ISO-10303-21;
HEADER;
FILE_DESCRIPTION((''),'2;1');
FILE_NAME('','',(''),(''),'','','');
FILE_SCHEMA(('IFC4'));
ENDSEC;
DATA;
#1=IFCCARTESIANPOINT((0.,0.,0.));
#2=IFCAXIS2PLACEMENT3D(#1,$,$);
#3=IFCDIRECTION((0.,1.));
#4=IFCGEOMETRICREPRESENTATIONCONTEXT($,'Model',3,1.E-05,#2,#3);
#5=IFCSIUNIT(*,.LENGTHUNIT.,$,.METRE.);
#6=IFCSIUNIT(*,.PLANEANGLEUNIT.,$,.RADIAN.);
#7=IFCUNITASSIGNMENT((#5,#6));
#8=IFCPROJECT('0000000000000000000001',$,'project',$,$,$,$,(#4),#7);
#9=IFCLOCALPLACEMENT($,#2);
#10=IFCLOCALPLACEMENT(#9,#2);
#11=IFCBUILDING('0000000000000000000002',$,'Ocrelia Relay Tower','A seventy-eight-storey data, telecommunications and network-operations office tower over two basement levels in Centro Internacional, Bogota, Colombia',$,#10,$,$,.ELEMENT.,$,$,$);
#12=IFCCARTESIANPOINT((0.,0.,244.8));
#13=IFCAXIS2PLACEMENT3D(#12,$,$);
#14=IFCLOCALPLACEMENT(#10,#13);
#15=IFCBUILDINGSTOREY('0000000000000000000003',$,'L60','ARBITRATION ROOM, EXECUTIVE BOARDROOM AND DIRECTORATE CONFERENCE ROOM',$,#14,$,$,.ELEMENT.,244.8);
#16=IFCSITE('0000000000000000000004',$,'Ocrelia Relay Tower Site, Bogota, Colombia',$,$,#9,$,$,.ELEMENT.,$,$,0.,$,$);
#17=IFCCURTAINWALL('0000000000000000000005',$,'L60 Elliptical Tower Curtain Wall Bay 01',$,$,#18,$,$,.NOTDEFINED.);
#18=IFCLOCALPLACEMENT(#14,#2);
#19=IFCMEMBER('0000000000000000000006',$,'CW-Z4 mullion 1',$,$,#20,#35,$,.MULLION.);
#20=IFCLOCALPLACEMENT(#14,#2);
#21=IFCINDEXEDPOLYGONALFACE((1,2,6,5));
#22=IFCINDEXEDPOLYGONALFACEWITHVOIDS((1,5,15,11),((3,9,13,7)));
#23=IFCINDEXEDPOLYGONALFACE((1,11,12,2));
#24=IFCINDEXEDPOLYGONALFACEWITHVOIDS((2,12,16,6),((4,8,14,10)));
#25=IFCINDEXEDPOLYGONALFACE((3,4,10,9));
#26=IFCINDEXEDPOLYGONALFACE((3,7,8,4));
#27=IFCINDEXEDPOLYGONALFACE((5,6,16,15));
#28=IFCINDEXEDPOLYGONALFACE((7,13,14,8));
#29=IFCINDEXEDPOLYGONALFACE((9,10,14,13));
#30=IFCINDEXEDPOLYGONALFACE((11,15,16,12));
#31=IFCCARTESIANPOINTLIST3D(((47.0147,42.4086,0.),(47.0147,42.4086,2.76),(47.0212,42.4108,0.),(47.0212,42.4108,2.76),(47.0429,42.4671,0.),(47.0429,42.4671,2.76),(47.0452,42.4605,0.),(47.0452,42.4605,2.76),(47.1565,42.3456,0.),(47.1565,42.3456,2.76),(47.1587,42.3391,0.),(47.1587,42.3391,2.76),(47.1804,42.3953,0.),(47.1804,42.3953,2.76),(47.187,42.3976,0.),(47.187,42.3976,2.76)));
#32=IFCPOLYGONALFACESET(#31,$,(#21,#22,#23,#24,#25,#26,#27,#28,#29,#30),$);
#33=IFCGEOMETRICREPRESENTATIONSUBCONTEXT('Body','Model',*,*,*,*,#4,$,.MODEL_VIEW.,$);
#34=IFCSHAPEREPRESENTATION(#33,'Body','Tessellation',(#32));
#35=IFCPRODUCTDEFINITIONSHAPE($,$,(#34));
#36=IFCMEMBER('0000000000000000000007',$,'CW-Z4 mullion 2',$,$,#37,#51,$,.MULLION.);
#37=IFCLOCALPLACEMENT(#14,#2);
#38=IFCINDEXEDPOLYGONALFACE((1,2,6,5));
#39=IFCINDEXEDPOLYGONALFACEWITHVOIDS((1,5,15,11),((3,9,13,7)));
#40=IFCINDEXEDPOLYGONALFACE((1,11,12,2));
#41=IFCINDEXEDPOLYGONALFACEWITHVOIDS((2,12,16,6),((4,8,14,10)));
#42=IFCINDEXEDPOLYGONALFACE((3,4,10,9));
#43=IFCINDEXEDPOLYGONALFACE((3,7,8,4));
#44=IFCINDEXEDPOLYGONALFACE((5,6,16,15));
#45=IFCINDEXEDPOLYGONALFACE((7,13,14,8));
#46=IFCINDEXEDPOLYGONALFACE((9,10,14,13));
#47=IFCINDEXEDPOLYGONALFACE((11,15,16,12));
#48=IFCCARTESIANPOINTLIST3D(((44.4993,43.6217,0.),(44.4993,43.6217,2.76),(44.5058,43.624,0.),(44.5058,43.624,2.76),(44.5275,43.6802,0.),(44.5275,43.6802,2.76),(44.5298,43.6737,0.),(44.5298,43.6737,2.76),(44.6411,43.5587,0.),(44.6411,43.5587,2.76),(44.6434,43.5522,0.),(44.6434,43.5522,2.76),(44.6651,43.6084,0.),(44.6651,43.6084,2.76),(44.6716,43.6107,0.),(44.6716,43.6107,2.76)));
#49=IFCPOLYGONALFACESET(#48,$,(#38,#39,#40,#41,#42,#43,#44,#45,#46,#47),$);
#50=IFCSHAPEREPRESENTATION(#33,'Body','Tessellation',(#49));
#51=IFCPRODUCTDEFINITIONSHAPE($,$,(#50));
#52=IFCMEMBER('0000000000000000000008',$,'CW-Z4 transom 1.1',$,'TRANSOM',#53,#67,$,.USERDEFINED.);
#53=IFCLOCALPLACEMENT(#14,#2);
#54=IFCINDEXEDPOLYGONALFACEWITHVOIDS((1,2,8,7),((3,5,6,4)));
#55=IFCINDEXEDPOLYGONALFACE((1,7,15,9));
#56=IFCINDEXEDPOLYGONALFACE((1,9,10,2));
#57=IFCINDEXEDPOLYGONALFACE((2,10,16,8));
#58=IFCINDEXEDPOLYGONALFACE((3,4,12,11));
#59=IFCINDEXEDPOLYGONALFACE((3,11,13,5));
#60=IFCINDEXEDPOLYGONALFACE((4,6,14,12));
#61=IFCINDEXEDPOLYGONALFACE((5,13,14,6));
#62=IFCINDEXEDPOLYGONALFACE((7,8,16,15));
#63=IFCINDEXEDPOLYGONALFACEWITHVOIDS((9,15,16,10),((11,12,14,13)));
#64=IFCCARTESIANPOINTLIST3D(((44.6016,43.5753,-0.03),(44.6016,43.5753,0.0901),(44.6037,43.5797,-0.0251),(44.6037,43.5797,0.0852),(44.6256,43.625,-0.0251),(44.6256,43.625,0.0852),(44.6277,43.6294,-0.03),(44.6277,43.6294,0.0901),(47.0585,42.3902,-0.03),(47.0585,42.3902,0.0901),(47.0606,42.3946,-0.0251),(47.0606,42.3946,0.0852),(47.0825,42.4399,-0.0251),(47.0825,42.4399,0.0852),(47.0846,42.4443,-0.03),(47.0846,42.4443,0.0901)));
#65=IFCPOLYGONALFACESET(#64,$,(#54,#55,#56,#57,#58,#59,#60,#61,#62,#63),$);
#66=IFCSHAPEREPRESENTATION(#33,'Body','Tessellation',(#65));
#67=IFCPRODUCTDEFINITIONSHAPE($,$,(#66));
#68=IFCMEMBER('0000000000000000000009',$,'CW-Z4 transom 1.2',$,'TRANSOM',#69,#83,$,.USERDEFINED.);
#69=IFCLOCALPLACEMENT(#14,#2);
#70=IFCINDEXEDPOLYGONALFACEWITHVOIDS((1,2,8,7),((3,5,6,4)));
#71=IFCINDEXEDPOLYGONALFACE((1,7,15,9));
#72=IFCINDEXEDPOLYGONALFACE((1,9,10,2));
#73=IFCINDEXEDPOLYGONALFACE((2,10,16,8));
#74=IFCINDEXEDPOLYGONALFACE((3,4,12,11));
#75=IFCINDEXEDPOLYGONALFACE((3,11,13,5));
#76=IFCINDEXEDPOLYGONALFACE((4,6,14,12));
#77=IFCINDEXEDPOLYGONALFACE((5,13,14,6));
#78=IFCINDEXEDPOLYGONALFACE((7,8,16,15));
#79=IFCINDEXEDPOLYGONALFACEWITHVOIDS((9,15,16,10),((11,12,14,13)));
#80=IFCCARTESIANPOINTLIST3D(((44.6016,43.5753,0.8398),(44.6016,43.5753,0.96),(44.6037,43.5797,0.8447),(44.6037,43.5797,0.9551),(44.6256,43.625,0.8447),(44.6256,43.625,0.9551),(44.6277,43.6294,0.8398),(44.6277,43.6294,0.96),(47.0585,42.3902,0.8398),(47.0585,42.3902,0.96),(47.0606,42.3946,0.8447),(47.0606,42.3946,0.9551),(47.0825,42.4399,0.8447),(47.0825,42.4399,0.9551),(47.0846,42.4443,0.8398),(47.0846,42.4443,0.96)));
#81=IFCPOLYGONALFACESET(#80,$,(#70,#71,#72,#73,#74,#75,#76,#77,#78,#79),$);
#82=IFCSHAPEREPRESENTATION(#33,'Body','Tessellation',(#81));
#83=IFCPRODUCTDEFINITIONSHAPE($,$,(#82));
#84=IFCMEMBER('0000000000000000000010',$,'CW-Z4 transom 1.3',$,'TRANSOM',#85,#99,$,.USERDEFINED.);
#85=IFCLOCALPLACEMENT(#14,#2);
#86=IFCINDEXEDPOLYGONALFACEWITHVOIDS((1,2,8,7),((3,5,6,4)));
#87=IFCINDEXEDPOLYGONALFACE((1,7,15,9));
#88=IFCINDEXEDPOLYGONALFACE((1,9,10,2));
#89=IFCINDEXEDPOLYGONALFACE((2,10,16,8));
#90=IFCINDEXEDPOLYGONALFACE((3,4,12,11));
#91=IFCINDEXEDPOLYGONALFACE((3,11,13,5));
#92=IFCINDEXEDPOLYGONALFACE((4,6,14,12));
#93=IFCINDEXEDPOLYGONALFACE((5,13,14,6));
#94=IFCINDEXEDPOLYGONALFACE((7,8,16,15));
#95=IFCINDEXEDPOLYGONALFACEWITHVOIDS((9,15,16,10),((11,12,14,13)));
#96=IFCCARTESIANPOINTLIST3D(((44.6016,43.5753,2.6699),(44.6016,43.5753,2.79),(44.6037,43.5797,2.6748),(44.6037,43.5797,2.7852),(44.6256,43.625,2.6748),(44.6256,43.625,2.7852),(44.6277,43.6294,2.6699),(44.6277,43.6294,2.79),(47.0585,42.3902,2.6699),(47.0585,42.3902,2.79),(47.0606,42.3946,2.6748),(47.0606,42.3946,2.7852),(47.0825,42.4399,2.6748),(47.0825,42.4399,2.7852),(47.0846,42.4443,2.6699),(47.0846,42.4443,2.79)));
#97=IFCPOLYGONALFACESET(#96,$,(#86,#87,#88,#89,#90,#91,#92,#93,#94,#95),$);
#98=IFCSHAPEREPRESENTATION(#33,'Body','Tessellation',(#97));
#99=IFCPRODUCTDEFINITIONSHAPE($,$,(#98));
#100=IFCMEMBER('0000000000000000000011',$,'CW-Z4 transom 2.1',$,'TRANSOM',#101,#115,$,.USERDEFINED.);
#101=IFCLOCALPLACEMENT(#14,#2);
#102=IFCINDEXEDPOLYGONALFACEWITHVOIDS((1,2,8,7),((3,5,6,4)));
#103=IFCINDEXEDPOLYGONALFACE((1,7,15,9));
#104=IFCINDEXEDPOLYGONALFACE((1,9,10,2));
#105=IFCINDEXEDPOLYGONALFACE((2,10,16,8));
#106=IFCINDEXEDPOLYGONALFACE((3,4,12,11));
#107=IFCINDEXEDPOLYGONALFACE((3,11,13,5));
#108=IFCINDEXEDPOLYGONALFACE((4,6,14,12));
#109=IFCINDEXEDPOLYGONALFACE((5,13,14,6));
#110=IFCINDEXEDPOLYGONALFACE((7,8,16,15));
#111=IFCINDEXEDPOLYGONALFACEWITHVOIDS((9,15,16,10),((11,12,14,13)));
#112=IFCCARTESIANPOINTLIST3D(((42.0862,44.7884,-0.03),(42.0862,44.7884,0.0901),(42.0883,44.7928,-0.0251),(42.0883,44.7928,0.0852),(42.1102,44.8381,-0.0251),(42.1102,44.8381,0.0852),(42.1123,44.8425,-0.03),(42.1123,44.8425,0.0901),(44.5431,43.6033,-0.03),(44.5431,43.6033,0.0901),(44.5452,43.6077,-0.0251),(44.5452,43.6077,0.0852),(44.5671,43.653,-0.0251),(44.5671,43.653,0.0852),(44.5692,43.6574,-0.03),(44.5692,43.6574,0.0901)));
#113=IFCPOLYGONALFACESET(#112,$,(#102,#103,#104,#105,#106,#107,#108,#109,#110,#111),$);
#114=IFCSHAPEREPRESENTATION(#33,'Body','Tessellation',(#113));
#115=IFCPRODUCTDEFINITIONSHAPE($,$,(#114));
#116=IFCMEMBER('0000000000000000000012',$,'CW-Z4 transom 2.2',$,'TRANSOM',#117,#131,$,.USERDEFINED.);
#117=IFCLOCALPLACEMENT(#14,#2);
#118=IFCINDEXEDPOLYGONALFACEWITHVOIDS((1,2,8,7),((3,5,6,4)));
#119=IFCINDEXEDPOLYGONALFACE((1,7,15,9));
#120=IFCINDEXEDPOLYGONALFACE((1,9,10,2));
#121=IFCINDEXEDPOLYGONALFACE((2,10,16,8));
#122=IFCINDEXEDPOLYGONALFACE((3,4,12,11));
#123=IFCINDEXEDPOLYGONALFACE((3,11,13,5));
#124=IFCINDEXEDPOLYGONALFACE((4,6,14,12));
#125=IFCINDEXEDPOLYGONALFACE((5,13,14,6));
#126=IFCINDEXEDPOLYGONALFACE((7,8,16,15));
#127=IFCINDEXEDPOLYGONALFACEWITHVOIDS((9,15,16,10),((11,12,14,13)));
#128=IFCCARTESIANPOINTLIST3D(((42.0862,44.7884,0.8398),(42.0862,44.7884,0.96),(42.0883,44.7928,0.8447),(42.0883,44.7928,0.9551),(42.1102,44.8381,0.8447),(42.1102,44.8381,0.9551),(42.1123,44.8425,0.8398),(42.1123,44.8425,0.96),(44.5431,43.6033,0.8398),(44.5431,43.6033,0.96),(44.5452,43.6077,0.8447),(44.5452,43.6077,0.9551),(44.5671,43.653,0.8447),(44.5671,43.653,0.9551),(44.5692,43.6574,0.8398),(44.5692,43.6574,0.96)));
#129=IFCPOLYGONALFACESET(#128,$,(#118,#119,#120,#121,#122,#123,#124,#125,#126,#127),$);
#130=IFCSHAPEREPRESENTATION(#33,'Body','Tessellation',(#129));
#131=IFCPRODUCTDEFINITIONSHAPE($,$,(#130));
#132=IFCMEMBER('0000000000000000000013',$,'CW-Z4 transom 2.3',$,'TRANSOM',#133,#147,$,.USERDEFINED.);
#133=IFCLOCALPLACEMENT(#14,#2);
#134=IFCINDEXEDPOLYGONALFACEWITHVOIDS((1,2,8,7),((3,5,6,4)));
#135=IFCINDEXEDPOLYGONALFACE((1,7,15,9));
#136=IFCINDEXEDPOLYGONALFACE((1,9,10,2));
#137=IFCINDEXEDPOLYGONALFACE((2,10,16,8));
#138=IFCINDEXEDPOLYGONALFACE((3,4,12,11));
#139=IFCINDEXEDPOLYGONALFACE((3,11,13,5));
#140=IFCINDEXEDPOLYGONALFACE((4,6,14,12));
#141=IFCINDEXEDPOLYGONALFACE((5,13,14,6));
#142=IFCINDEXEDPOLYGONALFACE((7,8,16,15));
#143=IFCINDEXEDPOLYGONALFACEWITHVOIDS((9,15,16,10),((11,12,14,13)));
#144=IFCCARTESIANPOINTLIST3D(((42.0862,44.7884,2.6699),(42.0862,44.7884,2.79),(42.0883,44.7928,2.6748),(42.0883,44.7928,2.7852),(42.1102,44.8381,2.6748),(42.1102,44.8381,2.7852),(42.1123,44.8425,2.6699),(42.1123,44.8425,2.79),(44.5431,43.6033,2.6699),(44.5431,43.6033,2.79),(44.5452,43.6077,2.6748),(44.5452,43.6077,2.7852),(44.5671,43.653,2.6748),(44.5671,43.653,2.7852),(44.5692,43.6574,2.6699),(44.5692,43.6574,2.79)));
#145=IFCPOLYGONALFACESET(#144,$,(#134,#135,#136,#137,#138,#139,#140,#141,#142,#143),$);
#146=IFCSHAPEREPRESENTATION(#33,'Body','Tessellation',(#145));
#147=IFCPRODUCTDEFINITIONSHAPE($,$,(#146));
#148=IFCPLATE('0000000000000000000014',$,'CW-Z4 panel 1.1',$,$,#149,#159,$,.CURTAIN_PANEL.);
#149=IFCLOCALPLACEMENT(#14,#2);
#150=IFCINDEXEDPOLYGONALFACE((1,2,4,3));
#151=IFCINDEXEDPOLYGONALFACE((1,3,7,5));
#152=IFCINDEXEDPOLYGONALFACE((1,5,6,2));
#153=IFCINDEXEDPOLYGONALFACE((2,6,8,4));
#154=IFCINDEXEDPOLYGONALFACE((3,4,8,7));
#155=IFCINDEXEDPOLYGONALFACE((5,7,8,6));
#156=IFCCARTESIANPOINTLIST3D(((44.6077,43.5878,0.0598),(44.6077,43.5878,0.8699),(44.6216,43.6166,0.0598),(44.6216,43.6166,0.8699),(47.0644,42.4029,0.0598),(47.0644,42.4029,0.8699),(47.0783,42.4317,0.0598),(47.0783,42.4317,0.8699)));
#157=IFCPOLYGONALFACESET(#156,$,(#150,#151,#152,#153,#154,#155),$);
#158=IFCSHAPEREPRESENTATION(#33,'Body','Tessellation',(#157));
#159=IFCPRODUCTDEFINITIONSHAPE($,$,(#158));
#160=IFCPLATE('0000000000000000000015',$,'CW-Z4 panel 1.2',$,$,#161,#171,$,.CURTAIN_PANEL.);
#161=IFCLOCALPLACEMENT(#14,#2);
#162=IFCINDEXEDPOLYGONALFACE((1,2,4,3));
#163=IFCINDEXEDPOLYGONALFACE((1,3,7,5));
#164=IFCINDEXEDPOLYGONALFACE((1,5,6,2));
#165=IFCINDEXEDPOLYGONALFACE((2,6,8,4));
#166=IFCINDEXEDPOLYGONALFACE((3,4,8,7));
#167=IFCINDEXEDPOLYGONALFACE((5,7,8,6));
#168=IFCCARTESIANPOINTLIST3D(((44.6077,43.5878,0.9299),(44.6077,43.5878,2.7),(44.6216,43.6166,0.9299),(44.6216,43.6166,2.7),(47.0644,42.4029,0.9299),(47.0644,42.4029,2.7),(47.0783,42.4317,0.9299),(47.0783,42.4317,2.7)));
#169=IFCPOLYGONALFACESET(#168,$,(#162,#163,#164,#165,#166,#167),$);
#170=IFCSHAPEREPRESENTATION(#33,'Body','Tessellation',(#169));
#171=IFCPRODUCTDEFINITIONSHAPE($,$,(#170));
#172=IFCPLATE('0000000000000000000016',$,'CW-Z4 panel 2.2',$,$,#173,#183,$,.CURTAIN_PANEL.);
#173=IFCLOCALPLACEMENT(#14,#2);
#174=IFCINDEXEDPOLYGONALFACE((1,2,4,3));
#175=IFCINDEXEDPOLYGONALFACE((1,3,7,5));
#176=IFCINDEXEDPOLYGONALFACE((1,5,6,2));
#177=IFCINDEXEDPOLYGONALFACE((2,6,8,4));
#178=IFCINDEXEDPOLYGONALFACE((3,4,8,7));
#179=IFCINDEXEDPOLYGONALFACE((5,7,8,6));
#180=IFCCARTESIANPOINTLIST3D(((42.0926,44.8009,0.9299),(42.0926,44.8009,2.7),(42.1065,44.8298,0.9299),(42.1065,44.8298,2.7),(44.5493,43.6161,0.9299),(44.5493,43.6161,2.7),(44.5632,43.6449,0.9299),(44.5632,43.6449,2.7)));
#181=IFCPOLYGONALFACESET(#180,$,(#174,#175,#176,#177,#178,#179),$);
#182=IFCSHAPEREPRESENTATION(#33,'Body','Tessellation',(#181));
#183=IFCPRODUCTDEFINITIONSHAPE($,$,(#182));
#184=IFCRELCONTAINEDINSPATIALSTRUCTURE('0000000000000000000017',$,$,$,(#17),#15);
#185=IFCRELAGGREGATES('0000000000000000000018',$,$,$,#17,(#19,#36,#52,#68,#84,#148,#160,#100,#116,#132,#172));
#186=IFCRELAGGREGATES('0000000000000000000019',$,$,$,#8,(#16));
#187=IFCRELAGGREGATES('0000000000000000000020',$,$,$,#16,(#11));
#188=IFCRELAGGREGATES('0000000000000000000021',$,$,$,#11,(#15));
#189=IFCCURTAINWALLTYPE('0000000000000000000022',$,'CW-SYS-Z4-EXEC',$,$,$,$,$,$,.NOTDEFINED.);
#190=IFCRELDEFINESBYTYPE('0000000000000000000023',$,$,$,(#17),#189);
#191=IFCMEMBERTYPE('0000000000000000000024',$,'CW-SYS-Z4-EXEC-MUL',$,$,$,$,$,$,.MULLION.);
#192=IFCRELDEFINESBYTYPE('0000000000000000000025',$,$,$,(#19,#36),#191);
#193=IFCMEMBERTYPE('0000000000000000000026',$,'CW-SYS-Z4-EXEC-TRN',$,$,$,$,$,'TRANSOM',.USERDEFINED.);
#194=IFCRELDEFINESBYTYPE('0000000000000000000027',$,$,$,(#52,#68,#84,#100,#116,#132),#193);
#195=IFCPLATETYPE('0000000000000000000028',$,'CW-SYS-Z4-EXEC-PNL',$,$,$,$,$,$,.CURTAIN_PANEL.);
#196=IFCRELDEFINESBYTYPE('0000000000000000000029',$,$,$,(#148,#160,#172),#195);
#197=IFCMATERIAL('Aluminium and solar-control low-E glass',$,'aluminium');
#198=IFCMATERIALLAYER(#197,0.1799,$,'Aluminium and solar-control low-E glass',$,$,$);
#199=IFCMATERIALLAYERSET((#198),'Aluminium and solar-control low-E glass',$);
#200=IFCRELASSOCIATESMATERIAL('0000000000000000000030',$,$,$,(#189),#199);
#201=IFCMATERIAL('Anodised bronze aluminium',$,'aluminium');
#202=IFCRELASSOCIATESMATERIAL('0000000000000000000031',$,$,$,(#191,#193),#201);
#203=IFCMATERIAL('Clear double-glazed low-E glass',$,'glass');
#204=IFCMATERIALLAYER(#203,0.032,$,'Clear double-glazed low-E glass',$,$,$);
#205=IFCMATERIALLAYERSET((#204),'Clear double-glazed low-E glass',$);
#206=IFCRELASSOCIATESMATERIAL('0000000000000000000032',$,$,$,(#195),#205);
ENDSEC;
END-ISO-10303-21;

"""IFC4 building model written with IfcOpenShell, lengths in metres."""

from ifc_helpers import new_model, si_unit, direction, frame, origin, origin_2d, place, context, subcontext, project, spatial, rectangle, hollow_rectangle, extrude, material, layer, layer_set, material_profile, profile_set, type_object, element, aggregate, save


model = new_model("IFC4")

# Units and contexts
model_context = context("Model", 3, precision=1e-05, world=origin(), true_north=direction((0.0, 1.0)))
body_context = subcontext(model_context, "Body", "Model", "MODEL_VIEW")
ifc_project = project(units=[si_unit("LENGTHUNIT", "METRE"), si_unit("PLANEANGLEUNIT", "RADIAN")], contexts=[model_context])

# Site, building, storey
site_placement = place(None, origin())
site = spatial("IfcSite", under=ifc_project, at=site_placement, Name="Ocrelia Relay Tower Site, Bogota, Colombia", CompositionType="ELEMENT", RefElevation=0.0)
building_placement = place(site_placement, origin())
building = spatial("IfcBuilding", under=site, at=building_placement, Name="Ocrelia Relay Tower", Description="A seventy-eight-storey data, telecommunications and network-operations office tower over two basement levels in Centro Internacional, Bogota, Colombia", CompositionType="ELEMENT")
storey_placement = place(building_placement, frame((0.0, 0.0, 244.8)))
storey = spatial("IfcBuildingStorey", under=building, at=storey_placement, Name="L60", Description="ARBITRATION ROOM, EXECUTIVE BOARDROOM AND DIRECTORATE CONFERENCE ROOM", CompositionType="ELEMENT", Elevation=244.8)

# Curtain wall, members, plates
ifc_material_1 = material(Name="Aluminium and solar-control low-E glass", Category="aluminium")
ifc_layer_1 = layer(ifc_material_1, 0.1799, Name="Aluminium and solar-control low-E glass")
ifc_layer_set_1 = layer_set([ifc_layer_1], Name="Aluminium and solar-control low-E glass")
curtain_wall_type = type_object("IfcCurtainWallType", Name="CW-SYS-Z4-EXEC", PredefinedType="NOTDEFINED", material=ifc_layer_set_1)
curtain_wall_placement = place(storey_placement, origin())
curtain_wall = element("IfcCurtainWall", 1, at=curtain_wall_placement, inside=storey, type_object=curtain_wall_type, Name="L60 Elliptical Tower Curtain Wall Bay 01", PredefinedType="NOTDEFINED")
ifc_material_2 = material(Name="Anodised bronze aluminium", Category="aluminium")
ifc_material_profile_1 = material_profile(ifc_material_2, hollow_rectangle(XDim=0.0649, YDim=0.1599, WallThickness=0.0049, at=origin_2d()), Name="CW-MUL-160x65")
ifc_profile_set_1 = profile_set([ifc_material_profile_1], Name="Anodised bronze aluminium")
member_type_1 = type_object("IfcMemberType", Name="CW-SYS-Z4-EXEC-MUL", PredefinedType="MULLION", material=ifc_profile_set_1)
member_1_placement = place(storey_placement, frame((47.1008, 42.4031, 0.0), z_axis=(0.0, 0.0, 1.0), x_axis=(-0.434418, -0.900711, 0.0)))
member_1 = element("IfcMember", 2, at=member_1_placement, type_object=member_type_1, Name="CW-Z4 mullion 1", PredefinedType="MULLION", context=body_context, shape_type="SweptSolid", body=[
    extrude(hollow_rectangle(XDim=0.0649, YDim=0.1599, WallThickness=0.0049, at=origin_2d()), origin(), (0.0, 0.0, 1.0), 2.76),
])
member_2_placement = place(storey_placement, frame((44.5854, 43.6162, 0.0), z_axis=(0.0, 0.0, 1.0), x_axis=(-0.434418, -0.900711, 0.0)))
member_2 = element("IfcMember", 3, at=member_2_placement, type_object=member_type_1, Name="CW-Z4 mullion 2", PredefinedType="MULLION", context=body_context, shape_type="SweptSolid", body=[
    extrude(hollow_rectangle(XDim=0.0649, YDim=0.1599, WallThickness=0.0049, at=origin_2d()), origin(), (0.0, 0.0, 1.0), 2.76),
])
ifc_material_profile_2 = material_profile(ifc_material_2, hollow_rectangle(XDim=0.0601, YDim=0.1201, WallThickness=0.0049, at=origin_2d()), Name="CW-TRN-120x60")
ifc_profile_set_2 = profile_set([ifc_material_profile_2], Name="Anodised bronze aluminium")
member_type_2 = type_object("IfcMemberType", Name="CW-SYS-Z4-EXEC-TRN", ElementType="TRANSOM", PredefinedType="USERDEFINED", material=ifc_profile_set_2)
member_3_placement = place(storey_placement, frame((47.0715, 42.4172, 0.03), z_axis=(-0.900692, 0.434459, 0.0), x_axis=(-0.434459, -0.900692, 0.0)))
member_3 = element("IfcMember", 4, at=member_3_placement, type_object=member_type_2, Name="CW-Z4 transom 1.1", ObjectType="TRANSOM", PredefinedType="USERDEFINED", context=body_context, shape_type="SweptSolid", body=[
    extrude(hollow_rectangle(XDim=0.0601, YDim=0.1201, WallThickness=0.0049, at=origin_2d()), origin(), (0.0, 0.0, 1.0), 2.7278),
])
member_4_placement = place(storey_placement, frame((47.0715, 42.4172, 0.8999), z_axis=(-0.900692, 0.434459, 0.0), x_axis=(-0.434459, -0.900692, 0.0)))
member_4 = element("IfcMember", 5, at=member_4_placement, type_object=member_type_2, Name="CW-Z4 transom 1.2", ObjectType="TRANSOM", PredefinedType="USERDEFINED", context=body_context, shape_type="SweptSolid", body=[
    extrude(hollow_rectangle(XDim=0.0601, YDim=0.1201, WallThickness=0.0049, at=origin_2d()), origin(), (0.0, 0.0, 1.0), 2.7278),
])
member_5_placement = place(storey_placement, frame((47.0715, 42.4172, 2.73), z_axis=(-0.900692, 0.434459, 0.0), x_axis=(-0.434459, -0.900692, 0.0)))
member_5 = element("IfcMember", 6, at=member_5_placement, type_object=member_type_2, Name="CW-Z4 transom 1.3", ObjectType="TRANSOM", PredefinedType="USERDEFINED", context=body_context, shape_type="SweptSolid", body=[
    extrude(hollow_rectangle(XDim=0.0601, YDim=0.1201, WallThickness=0.0049, at=origin_2d()), origin(), (0.0, 0.0, 1.0), 2.7278),
])
member_6_placement = place(storey_placement, frame((44.5562, 43.6304, 0.03), z_axis=(-0.900692, 0.434459, 0.0), x_axis=(-0.434459, -0.900692, 0.0)))
member_6 = element("IfcMember", 7, at=member_6_placement, type_object=member_type_2, Name="CW-Z4 transom 2.1", ObjectType="TRANSOM", PredefinedType="USERDEFINED", context=body_context, shape_type="SweptSolid", body=[
    extrude(hollow_rectangle(XDim=0.0601, YDim=0.1201, WallThickness=0.0049, at=origin_2d()), origin(), (0.0, 0.0, 1.0), 2.7278),
])
member_7_placement = place(storey_placement, frame((44.5562, 43.6304, 0.8999), z_axis=(-0.900692, 0.434459, 0.0), x_axis=(-0.434459, -0.900692, 0.0)))
member_7 = element("IfcMember", 8, at=member_7_placement, type_object=member_type_2, Name="CW-Z4 transom 2.2", ObjectType="TRANSOM", PredefinedType="USERDEFINED", context=body_context, shape_type="SweptSolid", body=[
    extrude(hollow_rectangle(XDim=0.0601, YDim=0.1201, WallThickness=0.0049, at=origin_2d()), origin(), (0.0, 0.0, 1.0), 2.7278),
])
member_8_placement = place(storey_placement, frame((44.5562, 43.6304, 2.73), z_axis=(-0.900692, 0.434459, 0.0), x_axis=(-0.434459, -0.900692, 0.0)))
member_8 = element("IfcMember", 9, at=member_8_placement, type_object=member_type_2, Name="CW-Z4 transom 2.3", ObjectType="TRANSOM", PredefinedType="USERDEFINED", context=body_context, shape_type="SweptSolid", body=[
    extrude(hollow_rectangle(XDim=0.0601, YDim=0.1201, WallThickness=0.0049, at=origin_2d()), origin(), (0.0, 0.0, 1.0), 2.7278),
])
ifc_material_3 = material(Name="Clear double-glazed low-E glass", Category="glass")
ifc_layer_2 = layer(ifc_material_3, 0.032, Name="Clear double-glazed low-E glass")
ifc_layer_set_2 = layer_set([ifc_layer_2], Name="Clear double-glazed low-E glass")
plate_type = type_object("IfcPlateType", Name="CW-SYS-Z4-EXEC-PNL", PredefinedType="CURTAIN_PANEL", material=ifc_layer_set_2)
plate_1_placement = place(storey_placement, frame((45.843, 43.0098, 0.0598), z_axis=(0.0, 0.0, 1.0), x_axis=(-0.900711, 0.434418, 0.0)))
plate_1 = element("IfcPlate", 10, at=plate_1_placement, type_object=plate_type, Name="CW-Z4 panel 1.1", PredefinedType="CURTAIN_PANEL", context=body_context, shape_type="SweptSolid", body=[
    extrude(rectangle(XDim=2.7275, YDim=0.032, at=origin_2d()), origin(), (0.0, 0.0, 1.0), 0.8101),
])
plate_2_placement = place(storey_placement, frame((45.843, 43.0098, 0.9299), z_axis=(0.0, 0.0, 1.0), x_axis=(-0.900711, 0.434418, 0.0)))
plate_2 = element("IfcPlate", 11, at=plate_2_placement, type_object=plate_type, Name="CW-Z4 panel 1.2", PredefinedType="CURTAIN_PANEL", context=body_context, shape_type="SweptSolid", body=[
    extrude(rectangle(XDim=2.7275, YDim=0.032, at=origin_2d()), origin(), (0.0, 0.0, 1.0), 1.77),
])
plate_3_placement = place(storey_placement, frame((43.3279, 44.2229, 0.9299), z_axis=(0.0, 0.0, 1.0), x_axis=(-0.900711, 0.434418, 0.0)))
plate_3 = element("IfcPlate", 12, at=plate_3_placement, type_object=plate_type, Name="CW-Z4 panel 2.2", PredefinedType="CURTAIN_PANEL", context=body_context, shape_type="SweptSolid", body=[
    extrude(rectangle(XDim=2.7275, YDim=0.032, at=origin_2d()), origin(), (0.0, 0.0, 1.0), 1.77),
])
aggregate(curtain_wall, [member_1, member_2, member_3, member_4, member_5, plate_1, plate_2, member_6, member_7, member_8, plate_3])

save(model, "model.ifc")
